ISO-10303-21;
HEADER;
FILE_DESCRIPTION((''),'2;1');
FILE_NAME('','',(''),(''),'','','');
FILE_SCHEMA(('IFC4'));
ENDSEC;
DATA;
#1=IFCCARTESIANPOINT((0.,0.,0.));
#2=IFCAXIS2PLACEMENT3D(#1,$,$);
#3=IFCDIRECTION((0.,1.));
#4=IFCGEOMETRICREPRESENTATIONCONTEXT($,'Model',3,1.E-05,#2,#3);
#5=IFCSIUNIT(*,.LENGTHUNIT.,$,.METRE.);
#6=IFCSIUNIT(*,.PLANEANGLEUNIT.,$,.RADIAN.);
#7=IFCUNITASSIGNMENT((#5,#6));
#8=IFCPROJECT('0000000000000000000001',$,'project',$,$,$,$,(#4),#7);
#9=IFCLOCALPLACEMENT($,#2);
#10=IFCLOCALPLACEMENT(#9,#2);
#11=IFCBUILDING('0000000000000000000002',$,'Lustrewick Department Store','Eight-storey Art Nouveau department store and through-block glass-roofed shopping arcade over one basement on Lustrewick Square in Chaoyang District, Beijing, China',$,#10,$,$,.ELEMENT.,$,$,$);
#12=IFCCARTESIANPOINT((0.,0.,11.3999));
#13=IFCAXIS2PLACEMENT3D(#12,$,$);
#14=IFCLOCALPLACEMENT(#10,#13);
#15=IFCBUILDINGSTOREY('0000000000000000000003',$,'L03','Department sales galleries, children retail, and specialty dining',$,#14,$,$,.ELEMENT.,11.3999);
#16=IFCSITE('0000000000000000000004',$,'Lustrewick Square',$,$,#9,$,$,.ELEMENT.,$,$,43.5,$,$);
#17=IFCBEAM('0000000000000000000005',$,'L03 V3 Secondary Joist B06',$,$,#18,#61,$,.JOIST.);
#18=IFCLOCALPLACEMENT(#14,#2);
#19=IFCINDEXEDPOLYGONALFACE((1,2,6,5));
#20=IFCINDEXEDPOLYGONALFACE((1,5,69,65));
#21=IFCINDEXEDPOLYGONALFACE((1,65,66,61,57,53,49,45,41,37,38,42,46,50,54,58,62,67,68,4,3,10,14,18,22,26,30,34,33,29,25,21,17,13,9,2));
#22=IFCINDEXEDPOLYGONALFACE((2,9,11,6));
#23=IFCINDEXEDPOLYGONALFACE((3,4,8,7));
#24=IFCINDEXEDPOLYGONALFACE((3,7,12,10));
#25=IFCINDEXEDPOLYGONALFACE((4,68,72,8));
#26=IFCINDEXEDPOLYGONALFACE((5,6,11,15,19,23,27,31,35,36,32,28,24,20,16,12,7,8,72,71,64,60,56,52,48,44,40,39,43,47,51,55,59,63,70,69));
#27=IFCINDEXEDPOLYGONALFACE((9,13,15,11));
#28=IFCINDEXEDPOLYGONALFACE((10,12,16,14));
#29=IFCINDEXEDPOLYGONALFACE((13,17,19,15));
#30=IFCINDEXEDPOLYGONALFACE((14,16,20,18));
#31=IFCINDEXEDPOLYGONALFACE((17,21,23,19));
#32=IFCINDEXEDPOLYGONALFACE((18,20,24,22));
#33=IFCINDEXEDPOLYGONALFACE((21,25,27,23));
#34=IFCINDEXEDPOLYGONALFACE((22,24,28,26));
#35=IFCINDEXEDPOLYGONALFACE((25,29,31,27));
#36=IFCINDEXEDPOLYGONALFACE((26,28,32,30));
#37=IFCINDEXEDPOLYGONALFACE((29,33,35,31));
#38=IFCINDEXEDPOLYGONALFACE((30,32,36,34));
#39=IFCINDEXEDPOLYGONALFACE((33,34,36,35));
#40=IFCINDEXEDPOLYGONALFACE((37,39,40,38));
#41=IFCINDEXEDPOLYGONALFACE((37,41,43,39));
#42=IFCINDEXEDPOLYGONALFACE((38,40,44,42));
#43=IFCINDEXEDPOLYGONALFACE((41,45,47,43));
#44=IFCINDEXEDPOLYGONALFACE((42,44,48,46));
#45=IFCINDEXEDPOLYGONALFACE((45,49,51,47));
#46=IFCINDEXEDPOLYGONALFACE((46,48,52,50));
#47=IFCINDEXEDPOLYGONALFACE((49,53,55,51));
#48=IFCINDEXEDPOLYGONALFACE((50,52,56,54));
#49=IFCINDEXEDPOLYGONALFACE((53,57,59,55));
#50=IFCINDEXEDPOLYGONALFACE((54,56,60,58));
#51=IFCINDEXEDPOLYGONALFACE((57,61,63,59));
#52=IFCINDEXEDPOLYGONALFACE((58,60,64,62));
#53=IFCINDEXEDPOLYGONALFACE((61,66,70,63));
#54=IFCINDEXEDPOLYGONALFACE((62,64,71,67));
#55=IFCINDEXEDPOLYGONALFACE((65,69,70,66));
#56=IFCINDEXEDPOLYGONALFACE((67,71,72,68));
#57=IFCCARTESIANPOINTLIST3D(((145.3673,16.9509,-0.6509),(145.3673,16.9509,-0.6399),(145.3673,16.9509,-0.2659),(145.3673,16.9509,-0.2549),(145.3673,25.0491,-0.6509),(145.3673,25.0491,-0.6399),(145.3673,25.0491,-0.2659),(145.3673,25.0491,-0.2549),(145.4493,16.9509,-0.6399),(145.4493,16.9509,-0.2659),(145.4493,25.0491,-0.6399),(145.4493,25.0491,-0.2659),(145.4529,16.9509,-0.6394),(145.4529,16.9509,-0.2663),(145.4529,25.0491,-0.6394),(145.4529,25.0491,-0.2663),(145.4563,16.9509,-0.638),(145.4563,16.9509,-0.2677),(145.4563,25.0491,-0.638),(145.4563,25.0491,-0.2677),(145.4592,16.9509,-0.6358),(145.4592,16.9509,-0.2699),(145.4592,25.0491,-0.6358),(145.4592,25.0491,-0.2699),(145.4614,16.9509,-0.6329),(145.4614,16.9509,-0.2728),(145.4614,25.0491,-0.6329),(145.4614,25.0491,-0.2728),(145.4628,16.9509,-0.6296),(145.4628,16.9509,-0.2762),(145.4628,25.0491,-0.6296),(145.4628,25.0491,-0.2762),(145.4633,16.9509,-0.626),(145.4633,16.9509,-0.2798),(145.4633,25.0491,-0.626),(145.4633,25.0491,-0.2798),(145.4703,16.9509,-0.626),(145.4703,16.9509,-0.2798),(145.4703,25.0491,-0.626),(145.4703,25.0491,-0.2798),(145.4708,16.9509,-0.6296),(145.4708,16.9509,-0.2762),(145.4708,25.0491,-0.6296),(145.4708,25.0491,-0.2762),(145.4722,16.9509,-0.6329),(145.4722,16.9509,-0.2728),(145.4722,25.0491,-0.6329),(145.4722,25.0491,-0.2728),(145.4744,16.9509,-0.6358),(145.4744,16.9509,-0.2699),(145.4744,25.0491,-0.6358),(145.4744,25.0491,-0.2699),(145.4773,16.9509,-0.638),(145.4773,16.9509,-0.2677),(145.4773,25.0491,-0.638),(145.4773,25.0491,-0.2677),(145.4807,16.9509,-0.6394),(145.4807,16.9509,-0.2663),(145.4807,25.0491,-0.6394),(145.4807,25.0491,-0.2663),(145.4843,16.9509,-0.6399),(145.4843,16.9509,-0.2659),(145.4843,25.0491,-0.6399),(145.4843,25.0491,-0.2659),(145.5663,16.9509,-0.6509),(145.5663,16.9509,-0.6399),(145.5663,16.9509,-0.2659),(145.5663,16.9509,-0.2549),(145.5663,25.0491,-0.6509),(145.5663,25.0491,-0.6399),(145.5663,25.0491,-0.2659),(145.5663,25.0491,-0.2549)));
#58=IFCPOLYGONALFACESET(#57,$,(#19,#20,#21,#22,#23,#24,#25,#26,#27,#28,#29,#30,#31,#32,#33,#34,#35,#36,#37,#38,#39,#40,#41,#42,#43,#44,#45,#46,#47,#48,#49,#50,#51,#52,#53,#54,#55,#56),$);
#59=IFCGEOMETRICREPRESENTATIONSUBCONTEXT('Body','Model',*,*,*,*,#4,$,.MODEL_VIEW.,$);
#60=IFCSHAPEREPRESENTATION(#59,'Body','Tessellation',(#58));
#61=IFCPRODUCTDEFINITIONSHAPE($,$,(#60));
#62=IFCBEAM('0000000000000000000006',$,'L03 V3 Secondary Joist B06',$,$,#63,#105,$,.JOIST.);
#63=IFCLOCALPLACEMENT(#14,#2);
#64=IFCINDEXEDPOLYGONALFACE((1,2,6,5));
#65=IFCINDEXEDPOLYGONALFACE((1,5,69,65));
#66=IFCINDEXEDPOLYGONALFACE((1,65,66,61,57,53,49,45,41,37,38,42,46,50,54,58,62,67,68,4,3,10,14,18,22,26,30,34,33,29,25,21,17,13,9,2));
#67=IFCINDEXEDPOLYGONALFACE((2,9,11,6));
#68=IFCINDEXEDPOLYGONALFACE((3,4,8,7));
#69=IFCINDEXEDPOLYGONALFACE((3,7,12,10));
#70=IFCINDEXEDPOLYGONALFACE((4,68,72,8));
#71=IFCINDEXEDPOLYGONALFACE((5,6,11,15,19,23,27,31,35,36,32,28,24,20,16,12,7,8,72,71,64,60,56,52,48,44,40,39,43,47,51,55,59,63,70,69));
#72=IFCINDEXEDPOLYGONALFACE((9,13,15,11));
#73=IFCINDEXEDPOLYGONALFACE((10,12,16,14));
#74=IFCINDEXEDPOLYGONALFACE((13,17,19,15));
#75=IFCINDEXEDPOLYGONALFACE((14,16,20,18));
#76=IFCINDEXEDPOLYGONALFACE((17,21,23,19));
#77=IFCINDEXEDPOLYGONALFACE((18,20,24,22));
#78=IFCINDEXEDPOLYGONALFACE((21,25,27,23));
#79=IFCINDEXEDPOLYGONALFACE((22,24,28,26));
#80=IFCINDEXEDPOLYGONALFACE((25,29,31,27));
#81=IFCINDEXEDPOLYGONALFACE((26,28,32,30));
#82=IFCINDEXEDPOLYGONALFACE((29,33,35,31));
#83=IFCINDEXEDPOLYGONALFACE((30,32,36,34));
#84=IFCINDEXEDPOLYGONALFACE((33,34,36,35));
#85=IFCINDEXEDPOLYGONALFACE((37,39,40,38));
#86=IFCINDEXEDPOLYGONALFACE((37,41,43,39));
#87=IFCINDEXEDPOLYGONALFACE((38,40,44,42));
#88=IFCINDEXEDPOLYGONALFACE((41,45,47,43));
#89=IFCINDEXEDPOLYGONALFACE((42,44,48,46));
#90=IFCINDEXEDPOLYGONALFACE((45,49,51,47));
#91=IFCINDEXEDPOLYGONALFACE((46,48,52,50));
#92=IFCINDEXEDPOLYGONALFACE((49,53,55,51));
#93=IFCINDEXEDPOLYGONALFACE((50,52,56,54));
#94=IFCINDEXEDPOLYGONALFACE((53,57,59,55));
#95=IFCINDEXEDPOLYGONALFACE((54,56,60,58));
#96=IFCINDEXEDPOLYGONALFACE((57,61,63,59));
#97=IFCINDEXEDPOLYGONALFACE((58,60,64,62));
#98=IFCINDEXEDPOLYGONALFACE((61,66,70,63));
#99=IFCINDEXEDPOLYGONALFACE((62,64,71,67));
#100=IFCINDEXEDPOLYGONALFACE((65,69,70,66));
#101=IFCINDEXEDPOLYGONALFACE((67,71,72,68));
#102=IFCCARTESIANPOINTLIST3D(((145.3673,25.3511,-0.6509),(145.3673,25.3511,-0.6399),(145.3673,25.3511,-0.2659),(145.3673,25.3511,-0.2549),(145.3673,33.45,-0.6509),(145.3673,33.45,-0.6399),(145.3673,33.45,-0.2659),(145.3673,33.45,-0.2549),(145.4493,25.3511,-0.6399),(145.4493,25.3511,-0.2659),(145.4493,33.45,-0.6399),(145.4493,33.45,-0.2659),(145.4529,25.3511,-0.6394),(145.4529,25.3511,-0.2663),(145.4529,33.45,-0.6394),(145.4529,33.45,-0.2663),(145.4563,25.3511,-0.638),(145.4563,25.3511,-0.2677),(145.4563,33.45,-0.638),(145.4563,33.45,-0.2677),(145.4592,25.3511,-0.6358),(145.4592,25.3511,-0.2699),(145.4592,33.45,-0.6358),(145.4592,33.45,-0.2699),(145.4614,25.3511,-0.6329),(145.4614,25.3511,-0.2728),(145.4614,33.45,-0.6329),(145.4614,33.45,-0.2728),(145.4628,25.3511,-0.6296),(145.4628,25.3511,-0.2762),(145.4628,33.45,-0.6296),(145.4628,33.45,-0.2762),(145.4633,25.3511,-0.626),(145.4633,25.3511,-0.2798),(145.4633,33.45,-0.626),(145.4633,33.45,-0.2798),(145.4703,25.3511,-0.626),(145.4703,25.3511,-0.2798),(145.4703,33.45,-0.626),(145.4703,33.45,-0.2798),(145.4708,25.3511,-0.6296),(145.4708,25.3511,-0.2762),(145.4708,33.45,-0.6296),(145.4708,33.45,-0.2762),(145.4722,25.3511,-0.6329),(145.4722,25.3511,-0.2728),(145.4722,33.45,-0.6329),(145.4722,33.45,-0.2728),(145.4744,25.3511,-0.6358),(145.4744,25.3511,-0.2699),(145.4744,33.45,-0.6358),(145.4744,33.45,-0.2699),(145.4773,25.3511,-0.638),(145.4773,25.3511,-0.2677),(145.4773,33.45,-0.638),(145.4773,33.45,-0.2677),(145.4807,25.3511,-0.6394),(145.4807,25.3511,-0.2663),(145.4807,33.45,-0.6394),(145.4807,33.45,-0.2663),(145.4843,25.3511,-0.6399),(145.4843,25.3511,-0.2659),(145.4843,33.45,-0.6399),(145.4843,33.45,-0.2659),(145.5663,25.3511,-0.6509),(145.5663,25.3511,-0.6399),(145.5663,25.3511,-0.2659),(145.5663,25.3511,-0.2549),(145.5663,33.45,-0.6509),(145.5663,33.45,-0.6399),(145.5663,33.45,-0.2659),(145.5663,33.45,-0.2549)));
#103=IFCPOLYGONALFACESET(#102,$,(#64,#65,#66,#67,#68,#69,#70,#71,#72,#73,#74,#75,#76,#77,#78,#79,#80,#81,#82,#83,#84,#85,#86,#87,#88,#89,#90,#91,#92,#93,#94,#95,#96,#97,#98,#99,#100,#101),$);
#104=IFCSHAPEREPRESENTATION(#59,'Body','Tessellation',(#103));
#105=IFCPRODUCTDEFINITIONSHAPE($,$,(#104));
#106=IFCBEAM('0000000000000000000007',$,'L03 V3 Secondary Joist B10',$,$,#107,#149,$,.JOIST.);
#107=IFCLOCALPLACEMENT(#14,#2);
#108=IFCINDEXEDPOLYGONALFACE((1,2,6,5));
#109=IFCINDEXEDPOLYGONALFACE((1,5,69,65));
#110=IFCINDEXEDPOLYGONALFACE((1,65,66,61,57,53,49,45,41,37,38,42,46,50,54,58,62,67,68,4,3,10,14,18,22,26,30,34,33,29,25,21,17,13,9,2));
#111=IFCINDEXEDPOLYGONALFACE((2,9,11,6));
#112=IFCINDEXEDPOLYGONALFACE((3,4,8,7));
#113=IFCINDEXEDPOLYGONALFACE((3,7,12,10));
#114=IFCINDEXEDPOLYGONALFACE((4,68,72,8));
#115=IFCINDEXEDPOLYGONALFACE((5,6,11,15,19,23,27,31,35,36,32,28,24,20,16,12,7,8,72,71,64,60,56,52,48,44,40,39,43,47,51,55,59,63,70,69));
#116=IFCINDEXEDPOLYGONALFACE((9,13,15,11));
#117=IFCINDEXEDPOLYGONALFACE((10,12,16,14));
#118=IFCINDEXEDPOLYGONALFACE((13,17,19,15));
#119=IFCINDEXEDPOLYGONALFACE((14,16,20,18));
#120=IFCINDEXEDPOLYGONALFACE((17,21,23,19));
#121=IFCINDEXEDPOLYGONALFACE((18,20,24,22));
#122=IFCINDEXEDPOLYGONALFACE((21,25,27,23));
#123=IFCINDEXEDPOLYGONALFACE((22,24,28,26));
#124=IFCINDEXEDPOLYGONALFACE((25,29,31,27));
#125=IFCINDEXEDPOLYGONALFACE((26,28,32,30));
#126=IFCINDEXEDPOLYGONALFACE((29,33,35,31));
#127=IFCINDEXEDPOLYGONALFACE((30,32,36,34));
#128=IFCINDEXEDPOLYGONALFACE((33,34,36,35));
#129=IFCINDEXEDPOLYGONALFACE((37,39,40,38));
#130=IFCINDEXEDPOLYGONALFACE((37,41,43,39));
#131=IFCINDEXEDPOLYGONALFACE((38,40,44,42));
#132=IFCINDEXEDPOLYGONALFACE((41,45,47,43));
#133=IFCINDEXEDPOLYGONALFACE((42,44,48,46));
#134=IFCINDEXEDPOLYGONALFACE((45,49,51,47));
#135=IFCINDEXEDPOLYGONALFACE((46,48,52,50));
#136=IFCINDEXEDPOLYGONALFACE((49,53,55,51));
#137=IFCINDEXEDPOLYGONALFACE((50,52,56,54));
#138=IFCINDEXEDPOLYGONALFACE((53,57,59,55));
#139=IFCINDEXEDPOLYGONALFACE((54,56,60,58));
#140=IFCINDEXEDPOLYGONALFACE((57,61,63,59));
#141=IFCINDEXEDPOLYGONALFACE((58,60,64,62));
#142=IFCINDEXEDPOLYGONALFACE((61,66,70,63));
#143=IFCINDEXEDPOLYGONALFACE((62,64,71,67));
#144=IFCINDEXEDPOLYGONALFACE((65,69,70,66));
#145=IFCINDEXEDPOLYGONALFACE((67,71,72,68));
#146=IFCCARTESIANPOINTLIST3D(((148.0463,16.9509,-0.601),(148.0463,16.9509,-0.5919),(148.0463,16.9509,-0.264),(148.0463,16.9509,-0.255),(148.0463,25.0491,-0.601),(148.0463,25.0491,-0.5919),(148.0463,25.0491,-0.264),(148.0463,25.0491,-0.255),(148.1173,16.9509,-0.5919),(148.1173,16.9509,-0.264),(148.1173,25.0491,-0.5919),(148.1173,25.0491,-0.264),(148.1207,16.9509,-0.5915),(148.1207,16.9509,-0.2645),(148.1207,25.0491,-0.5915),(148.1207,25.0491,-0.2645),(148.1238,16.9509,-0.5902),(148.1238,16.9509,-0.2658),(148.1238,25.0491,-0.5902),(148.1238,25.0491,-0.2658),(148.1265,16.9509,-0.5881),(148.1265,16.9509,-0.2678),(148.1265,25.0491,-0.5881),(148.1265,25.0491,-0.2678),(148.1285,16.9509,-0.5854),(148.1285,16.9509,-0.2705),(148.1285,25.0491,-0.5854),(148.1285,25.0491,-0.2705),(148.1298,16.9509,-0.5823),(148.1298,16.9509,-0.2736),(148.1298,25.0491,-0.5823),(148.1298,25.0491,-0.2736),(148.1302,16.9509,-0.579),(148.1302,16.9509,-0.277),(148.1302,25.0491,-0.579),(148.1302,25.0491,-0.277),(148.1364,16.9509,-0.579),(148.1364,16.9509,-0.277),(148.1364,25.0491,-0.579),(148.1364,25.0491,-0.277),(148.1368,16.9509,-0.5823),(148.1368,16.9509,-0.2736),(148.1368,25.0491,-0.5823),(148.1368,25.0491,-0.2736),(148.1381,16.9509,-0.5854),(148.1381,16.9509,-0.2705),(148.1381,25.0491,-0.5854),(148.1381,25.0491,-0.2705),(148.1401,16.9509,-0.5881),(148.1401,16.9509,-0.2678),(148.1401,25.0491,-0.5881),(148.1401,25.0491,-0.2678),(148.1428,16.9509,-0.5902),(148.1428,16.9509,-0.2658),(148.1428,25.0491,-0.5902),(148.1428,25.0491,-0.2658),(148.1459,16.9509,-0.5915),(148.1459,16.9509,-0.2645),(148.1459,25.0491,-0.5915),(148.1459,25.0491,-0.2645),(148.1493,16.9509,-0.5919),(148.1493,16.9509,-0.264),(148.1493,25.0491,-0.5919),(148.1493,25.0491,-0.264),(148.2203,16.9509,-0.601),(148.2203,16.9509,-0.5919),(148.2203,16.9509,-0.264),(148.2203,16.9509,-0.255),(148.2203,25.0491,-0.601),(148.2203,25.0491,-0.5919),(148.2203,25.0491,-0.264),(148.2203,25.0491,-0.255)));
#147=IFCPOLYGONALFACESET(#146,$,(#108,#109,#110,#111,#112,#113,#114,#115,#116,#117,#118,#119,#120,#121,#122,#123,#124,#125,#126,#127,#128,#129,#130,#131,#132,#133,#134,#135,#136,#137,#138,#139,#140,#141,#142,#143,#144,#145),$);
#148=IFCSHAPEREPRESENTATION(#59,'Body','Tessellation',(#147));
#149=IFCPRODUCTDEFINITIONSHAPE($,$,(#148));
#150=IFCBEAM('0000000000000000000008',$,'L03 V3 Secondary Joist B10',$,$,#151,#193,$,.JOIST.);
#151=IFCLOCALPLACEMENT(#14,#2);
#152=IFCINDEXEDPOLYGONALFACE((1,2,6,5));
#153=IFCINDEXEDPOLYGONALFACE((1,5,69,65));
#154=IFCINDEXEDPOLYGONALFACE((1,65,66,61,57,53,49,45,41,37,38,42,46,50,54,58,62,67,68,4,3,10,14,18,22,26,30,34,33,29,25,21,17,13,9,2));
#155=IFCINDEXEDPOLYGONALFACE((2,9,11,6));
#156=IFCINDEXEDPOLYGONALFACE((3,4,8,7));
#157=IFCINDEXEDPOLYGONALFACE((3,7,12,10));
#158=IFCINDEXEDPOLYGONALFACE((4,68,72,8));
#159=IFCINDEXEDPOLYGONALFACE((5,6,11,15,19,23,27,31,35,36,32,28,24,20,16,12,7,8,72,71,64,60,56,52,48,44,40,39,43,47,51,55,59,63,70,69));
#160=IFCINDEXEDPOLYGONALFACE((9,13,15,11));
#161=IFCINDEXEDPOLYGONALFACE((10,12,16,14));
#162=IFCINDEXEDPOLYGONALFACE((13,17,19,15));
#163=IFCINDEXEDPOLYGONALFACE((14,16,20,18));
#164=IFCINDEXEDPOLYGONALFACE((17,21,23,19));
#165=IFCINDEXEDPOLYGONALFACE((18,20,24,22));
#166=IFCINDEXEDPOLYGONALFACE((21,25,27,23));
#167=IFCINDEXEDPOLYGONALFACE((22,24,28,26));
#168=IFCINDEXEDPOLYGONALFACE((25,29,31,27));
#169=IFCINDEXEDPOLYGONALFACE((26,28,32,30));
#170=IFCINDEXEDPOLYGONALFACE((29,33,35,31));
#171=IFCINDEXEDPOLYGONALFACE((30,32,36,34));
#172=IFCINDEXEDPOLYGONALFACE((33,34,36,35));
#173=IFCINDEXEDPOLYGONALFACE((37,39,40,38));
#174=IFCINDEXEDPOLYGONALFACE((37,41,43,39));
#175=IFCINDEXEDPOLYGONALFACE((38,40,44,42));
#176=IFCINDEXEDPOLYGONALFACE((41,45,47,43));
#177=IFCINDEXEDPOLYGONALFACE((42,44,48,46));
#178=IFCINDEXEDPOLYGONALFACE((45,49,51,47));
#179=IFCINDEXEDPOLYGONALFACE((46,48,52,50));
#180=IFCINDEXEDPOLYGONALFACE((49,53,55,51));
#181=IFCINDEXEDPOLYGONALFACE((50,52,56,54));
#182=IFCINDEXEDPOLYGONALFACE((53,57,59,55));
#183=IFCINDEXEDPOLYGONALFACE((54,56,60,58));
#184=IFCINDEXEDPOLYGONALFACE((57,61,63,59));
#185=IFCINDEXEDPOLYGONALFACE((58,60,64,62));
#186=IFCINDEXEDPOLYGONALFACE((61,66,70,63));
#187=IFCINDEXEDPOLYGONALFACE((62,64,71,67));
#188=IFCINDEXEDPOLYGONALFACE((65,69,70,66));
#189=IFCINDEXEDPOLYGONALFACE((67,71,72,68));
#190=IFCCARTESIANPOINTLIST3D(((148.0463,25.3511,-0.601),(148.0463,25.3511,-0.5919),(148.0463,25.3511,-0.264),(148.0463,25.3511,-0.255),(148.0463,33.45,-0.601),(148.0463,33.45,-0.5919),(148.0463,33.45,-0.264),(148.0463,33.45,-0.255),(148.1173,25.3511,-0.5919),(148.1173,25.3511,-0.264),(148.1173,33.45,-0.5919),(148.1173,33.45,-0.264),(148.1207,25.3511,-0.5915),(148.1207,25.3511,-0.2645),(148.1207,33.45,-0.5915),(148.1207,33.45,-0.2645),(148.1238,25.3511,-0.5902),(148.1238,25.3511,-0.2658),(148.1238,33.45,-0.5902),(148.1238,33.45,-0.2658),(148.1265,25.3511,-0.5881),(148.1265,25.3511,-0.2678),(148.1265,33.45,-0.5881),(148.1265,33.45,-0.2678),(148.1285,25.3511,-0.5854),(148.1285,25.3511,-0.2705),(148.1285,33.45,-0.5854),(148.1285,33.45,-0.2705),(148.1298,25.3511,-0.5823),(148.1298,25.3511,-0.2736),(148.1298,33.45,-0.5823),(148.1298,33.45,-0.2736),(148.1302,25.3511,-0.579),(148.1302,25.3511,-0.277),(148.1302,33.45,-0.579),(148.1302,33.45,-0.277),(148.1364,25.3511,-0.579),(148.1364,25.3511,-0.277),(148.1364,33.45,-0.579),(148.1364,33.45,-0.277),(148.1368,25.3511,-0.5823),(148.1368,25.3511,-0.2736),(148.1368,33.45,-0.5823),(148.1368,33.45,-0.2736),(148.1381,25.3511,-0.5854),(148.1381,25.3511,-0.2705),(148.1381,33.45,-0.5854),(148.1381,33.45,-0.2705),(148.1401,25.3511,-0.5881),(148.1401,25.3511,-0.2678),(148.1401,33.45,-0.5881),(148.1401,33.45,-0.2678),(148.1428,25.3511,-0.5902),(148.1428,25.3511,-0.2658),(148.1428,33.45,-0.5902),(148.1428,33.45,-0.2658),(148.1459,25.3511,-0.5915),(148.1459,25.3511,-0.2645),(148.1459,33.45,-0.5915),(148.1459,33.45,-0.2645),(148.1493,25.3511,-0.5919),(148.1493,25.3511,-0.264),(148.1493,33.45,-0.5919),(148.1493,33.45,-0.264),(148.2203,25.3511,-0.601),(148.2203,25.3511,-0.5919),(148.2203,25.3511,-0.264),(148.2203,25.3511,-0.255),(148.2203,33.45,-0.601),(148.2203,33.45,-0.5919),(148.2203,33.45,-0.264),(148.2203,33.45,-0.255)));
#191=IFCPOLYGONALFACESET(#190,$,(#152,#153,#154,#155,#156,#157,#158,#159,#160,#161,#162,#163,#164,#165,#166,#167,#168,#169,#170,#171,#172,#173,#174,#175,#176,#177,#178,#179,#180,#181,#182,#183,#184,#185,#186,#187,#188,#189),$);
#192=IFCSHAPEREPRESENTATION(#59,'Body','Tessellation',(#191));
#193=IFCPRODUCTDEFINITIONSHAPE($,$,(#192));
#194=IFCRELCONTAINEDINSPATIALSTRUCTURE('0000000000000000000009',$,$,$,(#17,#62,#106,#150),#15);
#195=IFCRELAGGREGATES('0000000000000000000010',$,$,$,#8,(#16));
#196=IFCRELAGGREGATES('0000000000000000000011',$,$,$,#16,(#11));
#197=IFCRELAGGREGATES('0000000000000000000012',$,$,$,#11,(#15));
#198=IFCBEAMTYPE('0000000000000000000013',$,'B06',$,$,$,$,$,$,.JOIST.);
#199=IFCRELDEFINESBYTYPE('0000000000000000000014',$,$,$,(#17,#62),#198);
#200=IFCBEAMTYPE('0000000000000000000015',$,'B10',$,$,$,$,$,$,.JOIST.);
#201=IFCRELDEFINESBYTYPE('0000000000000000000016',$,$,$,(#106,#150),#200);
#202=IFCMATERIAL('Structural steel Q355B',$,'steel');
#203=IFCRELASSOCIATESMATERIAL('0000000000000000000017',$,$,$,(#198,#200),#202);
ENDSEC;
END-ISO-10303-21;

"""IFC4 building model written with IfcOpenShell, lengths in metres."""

from ifc_helpers import new_model, si_unit, direction, frame, origin, origin_2d, place, context, subcontext, project, spatial, i_section, extrude, material, material_profile, profile_set, type_object, element, save


model = new_model("IFC4")

# Units and contexts
model_context = context("Model", 3, precision=1e-05, world=origin(), true_north=direction((0.0, 1.0)))
body_context = subcontext(model_context, "Body", "Model", "MODEL_VIEW")
ifc_project = project(units=[si_unit("LENGTHUNIT", "METRE"), si_unit("PLANEANGLEUNIT", "RADIAN")], contexts=[model_context])

# Site, building, storey
site_placement = place(None, origin())
site = spatial("IfcSite", under=ifc_project, at=site_placement, Name="Lustrewick Square", CompositionType="ELEMENT", RefElevation=43.5)
building_placement = place(site_placement, origin())
building = spatial("IfcBuilding", under=site, at=building_placement, Name="Lustrewick Department Store", Description="Eight-storey Art Nouveau department store and through-block glass-roofed shopping arcade over one basement on Lustrewick Square in Chaoyang District, Beijing, China", CompositionType="ELEMENT")
storey_placement = place(building_placement, frame((0.0, 0.0, 11.3999)))
storey = spatial("IfcBuildingStorey", under=building, at=storey_placement, Name="L03", Description="Department sales galleries, children retail, and specialty dining", CompositionType="ELEMENT", Elevation=11.3999)

# Shared definitions
ifc_material_1 = material(Name="Structural steel Q355B", Category="steel")

# Beams
ifc_material_profile_1 = material_profile(ifc_material_1, i_section(OverallWidth=0.199, OverallDepth=0.396, WebThickness=0.0071, FlangeThickness=0.011, FilletRadius=0.0139, at=origin_2d()), Name="HN 396x199x7x11")
ifc_profile_set_1 = profile_set([ifc_material_profile_1], Name="Structural steel Q355B")
beam_type_1 = type_object("IfcBeamType", Name="B06", PredefinedType="JOIST", material=ifc_profile_set_1)
beam_1_placement = place(storey_placement, frame((145.4668, 16.9509, -0.4529), z_axis=(0.0, 1.0, 0.0), x_axis=(-1.0, 0.0, 0.0)))
element("IfcBeam", 1, at=beam_1_placement, inside=storey, type_object=beam_type_1, Name="L03 V3 Secondary Joist B06", PredefinedType="JOIST", context=body_context, shape_type="SweptSolid", body=[
    extrude(i_section(OverallWidth=0.199, OverallDepth=0.396, WebThickness=0.0071, FlangeThickness=0.011, FilletRadius=0.0139, at=origin_2d()), origin(), (0.0, 0.0, 1.0), 8.0981),
])
beam_2_placement = place(storey_placement, frame((145.4668, 25.3511, -0.4529), z_axis=(0.0, 1.0, 0.0), x_axis=(-1.0, 0.0, 0.0)))
element("IfcBeam", 2, at=beam_2_placement, inside=storey, type_object=beam_type_1, Name="L03 V3 Secondary Joist B06", PredefinedType="JOIST", context=body_context, shape_type="SweptSolid", body=[
    extrude(i_section(OverallWidth=0.199, OverallDepth=0.396, WebThickness=0.0071, FlangeThickness=0.011, FilletRadius=0.0139, at=origin_2d()), origin(), (0.0, 0.0, 1.0), 8.0989),
])
ifc_material_profile_2 = material_profile(ifc_material_1, i_section(OverallWidth=0.1741, OverallDepth=0.3459, WebThickness=0.0061, FlangeThickness=0.009, FilletRadius=0.0129, at=origin_2d()), Name="HN 346x174x6x9")
ifc_profile_set_2 = profile_set([ifc_material_profile_2], Name="Structural steel Q355B")
beam_type_2 = type_object("IfcBeamType", Name="B10", PredefinedType="JOIST", material=ifc_profile_set_2)
beam_3_placement = place(storey_placement, frame((148.1333, 16.9509, -0.428), z_axis=(0.0, 1.0, 0.0), x_axis=(-1.0, 0.0, 0.0)))
element("IfcBeam", 3, at=beam_3_placement, inside=storey, type_object=beam_type_2, Name="L03 V3 Secondary Joist B10", PredefinedType="JOIST", context=body_context, shape_type="SweptSolid", body=[
    extrude(i_section(OverallWidth=0.1741, OverallDepth=0.3459, WebThickness=0.0061, FlangeThickness=0.009, FilletRadius=0.0129, at=origin_2d()), origin(), (0.0, 0.0, 1.0), 8.0981),
])
beam_4_placement = place(storey_placement, frame((148.1333, 25.3511, -0.428), z_axis=(0.0, 1.0, 0.0), x_axis=(-1.0, 0.0, 0.0)))
element("IfcBeam", 4, at=beam_4_placement, inside=storey, type_object=beam_type_2, Name="L03 V3 Secondary Joist B10", PredefinedType="JOIST", context=body_context, shape_type="SweptSolid", body=[
    extrude(i_section(OverallWidth=0.1741, OverallDepth=0.3459, WebThickness=0.0061, FlangeThickness=0.009, FilletRadius=0.0129, at=origin_2d()), origin(), (0.0, 0.0, 1.0), 8.0989),
])

save(model, "model.ifc")
